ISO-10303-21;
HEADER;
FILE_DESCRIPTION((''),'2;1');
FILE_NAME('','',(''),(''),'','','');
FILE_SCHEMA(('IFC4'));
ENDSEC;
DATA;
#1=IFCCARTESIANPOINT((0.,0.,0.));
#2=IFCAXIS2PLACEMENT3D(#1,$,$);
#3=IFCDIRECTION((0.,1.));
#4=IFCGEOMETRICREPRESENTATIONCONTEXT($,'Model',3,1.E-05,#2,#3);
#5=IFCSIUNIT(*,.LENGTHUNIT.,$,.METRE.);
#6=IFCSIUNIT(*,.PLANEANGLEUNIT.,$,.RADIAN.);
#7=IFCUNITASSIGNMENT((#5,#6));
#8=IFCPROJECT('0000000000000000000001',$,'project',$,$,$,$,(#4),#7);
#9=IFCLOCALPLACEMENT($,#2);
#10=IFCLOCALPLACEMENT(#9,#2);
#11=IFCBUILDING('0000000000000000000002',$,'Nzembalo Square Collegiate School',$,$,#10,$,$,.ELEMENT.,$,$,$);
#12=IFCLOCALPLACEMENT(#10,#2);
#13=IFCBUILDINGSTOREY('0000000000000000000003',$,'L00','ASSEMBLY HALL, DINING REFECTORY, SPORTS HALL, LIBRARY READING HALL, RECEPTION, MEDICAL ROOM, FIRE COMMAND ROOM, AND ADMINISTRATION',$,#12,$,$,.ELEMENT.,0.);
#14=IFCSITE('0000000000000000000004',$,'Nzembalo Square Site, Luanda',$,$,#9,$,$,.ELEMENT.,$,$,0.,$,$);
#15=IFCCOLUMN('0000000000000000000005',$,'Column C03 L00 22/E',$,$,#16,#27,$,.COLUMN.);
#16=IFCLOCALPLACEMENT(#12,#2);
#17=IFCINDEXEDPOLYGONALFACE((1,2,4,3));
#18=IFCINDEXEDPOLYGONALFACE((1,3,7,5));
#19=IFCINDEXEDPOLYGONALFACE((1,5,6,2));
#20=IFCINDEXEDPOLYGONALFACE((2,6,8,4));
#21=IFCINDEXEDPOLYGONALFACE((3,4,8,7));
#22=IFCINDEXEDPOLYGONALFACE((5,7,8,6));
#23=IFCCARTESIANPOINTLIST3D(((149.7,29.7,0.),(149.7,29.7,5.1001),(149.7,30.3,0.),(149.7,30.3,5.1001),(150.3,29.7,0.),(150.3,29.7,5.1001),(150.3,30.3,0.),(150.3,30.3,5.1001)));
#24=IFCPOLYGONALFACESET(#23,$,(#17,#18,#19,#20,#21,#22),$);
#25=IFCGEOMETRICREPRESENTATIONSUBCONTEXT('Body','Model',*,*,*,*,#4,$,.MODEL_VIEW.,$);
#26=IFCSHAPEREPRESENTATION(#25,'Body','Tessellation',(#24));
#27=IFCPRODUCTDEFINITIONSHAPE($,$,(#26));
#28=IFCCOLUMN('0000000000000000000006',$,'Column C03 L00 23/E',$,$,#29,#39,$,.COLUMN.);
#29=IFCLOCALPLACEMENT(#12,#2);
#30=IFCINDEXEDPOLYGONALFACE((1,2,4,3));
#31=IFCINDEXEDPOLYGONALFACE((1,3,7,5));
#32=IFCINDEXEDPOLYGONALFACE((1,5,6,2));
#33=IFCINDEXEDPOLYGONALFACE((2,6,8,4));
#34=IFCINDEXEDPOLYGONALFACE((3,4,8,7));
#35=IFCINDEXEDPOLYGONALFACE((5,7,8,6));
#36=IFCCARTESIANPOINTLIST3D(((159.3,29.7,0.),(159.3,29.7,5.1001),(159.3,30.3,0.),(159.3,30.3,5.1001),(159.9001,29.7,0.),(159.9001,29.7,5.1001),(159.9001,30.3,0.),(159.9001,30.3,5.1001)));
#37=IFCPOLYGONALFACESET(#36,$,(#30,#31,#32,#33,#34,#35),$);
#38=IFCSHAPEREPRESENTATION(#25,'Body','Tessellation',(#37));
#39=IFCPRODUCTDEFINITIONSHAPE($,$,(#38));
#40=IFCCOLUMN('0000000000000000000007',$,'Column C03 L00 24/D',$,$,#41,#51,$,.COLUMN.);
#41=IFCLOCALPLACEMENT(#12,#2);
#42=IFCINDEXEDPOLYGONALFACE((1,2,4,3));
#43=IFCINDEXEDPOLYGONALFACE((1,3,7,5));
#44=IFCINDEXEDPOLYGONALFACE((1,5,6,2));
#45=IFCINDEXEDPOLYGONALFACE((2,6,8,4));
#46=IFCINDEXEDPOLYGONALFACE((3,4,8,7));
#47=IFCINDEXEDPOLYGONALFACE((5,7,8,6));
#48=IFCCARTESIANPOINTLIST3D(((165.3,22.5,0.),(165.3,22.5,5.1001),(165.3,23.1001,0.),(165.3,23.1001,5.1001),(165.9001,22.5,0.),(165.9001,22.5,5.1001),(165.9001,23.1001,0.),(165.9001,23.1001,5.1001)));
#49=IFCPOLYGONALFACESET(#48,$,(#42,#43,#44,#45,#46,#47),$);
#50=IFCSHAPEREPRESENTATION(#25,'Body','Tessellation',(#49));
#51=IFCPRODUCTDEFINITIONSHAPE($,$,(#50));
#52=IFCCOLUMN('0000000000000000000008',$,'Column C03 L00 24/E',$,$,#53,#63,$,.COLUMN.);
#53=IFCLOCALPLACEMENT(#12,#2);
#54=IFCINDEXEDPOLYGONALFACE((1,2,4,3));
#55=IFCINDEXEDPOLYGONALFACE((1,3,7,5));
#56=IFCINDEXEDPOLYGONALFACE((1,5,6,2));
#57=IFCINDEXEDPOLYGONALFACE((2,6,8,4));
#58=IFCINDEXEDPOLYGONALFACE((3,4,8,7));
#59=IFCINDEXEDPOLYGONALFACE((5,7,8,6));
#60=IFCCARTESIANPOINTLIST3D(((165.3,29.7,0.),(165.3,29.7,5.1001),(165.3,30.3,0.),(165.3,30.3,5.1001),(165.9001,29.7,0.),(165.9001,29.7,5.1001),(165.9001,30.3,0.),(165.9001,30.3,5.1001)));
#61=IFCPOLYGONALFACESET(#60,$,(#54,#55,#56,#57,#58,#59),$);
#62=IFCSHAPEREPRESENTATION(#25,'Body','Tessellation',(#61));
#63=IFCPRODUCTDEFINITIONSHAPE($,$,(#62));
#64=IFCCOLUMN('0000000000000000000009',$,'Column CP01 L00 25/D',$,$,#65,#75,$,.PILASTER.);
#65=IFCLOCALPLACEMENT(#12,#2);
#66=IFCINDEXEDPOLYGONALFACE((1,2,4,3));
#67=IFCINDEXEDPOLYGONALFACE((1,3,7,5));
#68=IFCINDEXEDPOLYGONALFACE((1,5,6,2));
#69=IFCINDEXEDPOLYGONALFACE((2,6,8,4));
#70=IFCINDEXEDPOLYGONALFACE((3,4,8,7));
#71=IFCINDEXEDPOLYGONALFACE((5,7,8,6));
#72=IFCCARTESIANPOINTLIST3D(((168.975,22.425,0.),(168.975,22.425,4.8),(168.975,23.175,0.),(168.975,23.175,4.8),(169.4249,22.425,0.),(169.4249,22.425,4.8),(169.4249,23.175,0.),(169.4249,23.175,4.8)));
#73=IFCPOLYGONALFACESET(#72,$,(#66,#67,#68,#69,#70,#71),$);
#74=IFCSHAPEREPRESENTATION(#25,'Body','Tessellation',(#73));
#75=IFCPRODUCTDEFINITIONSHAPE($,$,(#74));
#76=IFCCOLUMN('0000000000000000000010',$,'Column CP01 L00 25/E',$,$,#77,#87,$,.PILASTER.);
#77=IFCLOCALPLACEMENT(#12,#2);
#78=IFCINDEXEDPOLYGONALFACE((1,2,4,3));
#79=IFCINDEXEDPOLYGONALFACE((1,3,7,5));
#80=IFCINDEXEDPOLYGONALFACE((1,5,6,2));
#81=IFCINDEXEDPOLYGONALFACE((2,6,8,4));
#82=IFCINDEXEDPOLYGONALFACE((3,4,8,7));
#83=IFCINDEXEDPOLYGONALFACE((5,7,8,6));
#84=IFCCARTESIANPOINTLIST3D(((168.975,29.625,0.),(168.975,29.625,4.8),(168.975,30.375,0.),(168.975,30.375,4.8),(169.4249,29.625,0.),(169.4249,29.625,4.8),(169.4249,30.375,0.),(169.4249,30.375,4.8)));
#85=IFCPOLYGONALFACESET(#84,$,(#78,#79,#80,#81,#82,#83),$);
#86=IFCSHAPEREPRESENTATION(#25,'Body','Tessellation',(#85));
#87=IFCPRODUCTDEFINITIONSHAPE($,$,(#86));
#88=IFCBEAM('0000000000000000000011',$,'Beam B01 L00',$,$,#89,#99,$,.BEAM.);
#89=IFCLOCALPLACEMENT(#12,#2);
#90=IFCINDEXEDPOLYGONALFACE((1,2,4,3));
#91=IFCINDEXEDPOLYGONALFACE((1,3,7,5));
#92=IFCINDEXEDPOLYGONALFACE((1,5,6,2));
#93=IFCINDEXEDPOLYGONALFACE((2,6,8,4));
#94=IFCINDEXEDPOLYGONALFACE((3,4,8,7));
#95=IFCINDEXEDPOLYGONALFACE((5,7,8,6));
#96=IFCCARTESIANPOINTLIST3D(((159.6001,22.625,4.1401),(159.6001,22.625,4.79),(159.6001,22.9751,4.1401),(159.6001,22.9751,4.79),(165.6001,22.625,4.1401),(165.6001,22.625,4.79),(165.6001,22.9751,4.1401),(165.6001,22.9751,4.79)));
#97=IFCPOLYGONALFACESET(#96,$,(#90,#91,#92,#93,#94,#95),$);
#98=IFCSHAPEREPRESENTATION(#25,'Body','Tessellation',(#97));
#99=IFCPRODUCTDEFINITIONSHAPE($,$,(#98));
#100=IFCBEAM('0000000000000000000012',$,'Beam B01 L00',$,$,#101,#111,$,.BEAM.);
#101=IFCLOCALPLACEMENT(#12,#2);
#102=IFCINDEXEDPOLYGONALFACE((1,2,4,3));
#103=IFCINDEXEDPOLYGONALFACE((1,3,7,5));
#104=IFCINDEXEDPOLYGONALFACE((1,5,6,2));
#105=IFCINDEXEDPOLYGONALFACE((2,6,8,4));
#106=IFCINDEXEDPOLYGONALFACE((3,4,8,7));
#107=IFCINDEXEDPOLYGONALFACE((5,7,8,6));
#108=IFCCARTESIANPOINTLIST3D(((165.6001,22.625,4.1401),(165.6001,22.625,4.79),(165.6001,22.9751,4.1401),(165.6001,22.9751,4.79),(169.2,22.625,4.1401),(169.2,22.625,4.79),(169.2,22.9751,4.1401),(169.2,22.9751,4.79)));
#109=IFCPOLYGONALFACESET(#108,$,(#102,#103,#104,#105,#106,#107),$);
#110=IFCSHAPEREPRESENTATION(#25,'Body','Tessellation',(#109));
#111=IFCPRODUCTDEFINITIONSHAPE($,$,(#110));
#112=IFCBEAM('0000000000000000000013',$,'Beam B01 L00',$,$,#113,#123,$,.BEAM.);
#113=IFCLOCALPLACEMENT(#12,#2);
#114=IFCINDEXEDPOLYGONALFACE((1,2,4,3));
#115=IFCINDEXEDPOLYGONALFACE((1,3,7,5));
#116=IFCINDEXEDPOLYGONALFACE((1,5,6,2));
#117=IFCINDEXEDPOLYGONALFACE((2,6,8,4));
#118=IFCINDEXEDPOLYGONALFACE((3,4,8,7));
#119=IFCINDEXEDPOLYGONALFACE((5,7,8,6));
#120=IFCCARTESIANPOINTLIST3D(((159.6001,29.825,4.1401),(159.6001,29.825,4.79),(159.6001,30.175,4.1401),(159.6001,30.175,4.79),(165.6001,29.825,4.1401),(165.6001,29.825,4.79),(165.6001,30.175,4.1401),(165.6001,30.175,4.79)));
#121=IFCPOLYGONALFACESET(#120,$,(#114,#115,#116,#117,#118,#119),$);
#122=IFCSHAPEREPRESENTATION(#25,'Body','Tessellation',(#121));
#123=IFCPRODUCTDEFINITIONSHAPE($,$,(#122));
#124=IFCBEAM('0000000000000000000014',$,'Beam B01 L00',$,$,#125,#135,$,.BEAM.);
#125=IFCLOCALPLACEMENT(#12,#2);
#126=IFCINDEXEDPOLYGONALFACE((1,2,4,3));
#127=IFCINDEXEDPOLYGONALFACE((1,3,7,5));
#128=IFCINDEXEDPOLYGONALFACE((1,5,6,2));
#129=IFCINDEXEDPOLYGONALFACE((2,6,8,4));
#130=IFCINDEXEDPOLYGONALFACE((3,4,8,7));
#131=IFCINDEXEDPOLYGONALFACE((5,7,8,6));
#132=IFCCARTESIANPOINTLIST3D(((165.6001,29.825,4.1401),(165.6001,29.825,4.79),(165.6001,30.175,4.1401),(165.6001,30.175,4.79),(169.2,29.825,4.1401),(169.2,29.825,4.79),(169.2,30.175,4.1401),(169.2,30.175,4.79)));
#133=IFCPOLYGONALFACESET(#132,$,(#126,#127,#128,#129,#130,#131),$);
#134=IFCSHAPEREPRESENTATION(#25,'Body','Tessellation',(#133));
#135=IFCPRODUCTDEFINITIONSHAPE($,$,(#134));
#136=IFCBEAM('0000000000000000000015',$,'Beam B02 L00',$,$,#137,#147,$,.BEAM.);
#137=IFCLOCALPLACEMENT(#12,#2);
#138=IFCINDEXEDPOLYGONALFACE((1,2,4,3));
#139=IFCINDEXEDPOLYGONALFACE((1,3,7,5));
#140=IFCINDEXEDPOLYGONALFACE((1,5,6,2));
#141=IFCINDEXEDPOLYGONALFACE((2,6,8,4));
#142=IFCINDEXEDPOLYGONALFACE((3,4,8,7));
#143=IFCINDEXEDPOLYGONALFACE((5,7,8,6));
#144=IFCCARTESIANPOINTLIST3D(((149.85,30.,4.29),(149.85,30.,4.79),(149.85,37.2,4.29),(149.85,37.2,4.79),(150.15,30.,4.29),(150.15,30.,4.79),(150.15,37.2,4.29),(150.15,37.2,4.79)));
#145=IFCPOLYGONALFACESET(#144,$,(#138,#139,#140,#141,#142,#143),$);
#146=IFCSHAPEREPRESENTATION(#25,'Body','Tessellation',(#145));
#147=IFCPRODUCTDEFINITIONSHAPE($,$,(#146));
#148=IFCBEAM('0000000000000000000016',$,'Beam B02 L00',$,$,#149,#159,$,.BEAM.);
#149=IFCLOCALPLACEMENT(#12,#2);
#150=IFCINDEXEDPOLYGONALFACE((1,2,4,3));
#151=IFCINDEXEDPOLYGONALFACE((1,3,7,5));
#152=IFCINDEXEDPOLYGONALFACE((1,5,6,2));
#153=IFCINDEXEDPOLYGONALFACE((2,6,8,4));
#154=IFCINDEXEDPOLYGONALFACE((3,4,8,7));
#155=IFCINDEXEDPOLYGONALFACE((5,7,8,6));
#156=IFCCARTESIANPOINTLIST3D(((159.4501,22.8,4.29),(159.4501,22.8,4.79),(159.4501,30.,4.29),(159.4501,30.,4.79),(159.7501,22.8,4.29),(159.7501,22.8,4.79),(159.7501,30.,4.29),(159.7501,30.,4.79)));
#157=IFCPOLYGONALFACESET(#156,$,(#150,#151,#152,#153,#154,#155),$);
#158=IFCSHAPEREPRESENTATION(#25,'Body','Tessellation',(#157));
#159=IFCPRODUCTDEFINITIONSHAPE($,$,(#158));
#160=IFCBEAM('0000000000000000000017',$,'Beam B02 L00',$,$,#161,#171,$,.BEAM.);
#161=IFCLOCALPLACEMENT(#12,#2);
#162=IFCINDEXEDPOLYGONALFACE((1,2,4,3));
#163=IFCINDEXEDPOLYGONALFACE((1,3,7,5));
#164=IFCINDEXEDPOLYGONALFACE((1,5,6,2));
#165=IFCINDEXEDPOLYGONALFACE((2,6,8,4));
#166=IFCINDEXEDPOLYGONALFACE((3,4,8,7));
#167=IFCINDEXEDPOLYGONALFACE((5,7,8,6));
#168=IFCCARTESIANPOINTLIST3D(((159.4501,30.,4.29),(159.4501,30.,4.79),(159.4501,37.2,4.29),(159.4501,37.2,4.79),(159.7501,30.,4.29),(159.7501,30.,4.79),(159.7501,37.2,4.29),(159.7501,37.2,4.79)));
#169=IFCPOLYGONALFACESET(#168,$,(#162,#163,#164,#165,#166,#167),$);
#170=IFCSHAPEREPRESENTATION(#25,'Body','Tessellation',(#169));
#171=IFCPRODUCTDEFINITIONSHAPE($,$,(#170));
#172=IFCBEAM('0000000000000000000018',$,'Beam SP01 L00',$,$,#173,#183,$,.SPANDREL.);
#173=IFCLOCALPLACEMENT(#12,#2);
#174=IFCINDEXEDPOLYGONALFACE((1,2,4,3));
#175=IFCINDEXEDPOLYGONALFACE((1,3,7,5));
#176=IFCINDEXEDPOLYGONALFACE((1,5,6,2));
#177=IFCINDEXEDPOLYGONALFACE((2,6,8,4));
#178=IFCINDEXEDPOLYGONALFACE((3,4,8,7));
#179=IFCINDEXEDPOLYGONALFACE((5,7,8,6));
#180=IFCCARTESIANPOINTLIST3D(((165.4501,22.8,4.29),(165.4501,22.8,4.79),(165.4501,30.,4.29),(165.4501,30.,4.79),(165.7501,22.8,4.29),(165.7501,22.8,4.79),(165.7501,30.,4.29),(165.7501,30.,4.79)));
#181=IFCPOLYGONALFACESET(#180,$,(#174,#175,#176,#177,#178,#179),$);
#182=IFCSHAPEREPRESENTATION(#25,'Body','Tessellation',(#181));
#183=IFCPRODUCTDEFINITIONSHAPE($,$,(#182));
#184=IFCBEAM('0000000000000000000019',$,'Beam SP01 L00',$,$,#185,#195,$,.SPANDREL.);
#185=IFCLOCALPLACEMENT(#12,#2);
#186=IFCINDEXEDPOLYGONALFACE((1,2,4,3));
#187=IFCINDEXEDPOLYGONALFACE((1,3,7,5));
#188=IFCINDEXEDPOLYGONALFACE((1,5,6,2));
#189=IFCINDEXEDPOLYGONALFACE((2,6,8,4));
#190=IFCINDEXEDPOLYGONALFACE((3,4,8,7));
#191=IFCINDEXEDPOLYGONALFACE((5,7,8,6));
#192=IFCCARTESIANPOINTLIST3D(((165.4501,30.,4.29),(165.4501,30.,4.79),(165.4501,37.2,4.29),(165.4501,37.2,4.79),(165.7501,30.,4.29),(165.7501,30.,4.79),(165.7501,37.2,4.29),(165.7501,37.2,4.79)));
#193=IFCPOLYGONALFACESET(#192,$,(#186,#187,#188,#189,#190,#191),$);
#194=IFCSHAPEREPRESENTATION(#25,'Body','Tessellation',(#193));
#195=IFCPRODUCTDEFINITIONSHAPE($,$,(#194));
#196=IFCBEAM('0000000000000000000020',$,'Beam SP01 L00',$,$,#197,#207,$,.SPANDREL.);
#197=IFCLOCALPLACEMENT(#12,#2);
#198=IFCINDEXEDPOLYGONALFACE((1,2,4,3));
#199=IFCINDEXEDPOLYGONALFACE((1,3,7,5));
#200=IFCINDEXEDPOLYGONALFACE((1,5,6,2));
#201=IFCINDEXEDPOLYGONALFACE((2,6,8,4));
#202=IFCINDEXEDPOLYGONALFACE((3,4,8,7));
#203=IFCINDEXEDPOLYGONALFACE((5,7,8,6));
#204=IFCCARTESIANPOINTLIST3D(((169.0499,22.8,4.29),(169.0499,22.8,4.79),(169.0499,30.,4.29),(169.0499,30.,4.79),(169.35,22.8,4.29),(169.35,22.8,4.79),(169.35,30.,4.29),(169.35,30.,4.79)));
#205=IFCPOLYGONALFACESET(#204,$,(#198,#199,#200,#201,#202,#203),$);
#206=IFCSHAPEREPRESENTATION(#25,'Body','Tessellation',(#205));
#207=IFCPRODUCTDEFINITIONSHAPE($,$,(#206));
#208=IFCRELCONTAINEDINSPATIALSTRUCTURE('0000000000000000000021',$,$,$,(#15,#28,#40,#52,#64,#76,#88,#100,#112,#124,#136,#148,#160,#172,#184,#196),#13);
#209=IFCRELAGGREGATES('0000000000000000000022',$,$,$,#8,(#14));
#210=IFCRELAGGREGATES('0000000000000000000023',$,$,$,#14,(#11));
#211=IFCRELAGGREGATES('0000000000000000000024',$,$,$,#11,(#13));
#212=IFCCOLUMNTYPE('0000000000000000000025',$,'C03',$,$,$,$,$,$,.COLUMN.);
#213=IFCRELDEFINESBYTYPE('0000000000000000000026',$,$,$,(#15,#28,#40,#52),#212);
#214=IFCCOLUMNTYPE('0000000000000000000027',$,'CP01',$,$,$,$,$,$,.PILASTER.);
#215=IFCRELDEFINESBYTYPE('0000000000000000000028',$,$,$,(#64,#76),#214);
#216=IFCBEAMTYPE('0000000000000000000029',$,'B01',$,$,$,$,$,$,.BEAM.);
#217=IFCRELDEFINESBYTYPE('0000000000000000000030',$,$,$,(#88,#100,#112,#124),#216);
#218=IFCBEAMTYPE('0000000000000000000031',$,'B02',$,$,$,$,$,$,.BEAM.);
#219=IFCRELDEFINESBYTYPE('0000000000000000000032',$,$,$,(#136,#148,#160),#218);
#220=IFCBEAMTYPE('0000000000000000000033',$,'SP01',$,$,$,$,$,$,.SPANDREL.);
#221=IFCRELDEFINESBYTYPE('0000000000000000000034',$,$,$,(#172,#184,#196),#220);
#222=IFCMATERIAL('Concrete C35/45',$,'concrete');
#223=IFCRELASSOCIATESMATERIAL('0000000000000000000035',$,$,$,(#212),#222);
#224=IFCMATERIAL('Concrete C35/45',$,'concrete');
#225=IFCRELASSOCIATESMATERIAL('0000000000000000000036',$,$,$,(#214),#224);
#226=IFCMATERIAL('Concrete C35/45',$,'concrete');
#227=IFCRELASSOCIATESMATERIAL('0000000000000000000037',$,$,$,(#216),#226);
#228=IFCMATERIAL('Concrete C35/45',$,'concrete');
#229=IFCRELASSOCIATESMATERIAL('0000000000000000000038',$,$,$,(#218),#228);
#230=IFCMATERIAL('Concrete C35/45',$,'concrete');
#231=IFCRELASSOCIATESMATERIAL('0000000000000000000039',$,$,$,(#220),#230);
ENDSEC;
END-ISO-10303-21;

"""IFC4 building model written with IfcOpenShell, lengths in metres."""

from ifc_helpers import new_model, si_unit, direction, frame, origin, origin_2d, place, context, subcontext, project, spatial, rectangle, extrude, material, material_profile, profile_set, type_object, element, save


model = new_model("IFC4")

# Units and contexts
model_context = context("Model", 3, precision=1e-05, world=origin(), true_north=direction((0.0, 1.0)))
body_context = subcontext(model_context, "Body", "Model", "MODEL_VIEW")
ifc_project = project(units=[si_unit("LENGTHUNIT", "METRE"), si_unit("PLANEANGLEUNIT", "RADIAN")], contexts=[model_context])

# Site, building, storey
site_placement = place(None, origin())
site = spatial("IfcSite", under=ifc_project, at=site_placement, Name="Nzembalo Square Site, Luanda", CompositionType="ELEMENT", RefElevation=0.0)
building_placement = place(site_placement, origin())
building = spatial("IfcBuilding", under=site, at=building_placement, Name="Nzembalo Square Collegiate School", CompositionType="ELEMENT")
storey_placement = place(building_placement, origin())
storey = spatial("IfcBuildingStorey", under=building, at=storey_placement, Name="L00", Description="ASSEMBLY HALL, DINING REFECTORY, SPORTS HALL, LIBRARY READING HALL, RECEPTION, MEDICAL ROOM, FIRE COMMAND ROOM, AND ADMINISTRATION", CompositionType="ELEMENT", Elevation=0.0)

# Columns
ifc_material_1 = material(Name="Concrete C35/45", Category="concrete")
ifc_material_profile_1 = material_profile(ifc_material_1, rectangle(XDim=0.6001, YDim=0.6001, at=origin_2d()), Name="RC 600x600")
ifc_profile_set_1 = profile_set([ifc_material_profile_1], Name="Concrete C35/45")
column_type_1 = type_object("IfcColumnType", Name="C03", PredefinedType="COLUMN", material=ifc_profile_set_1)
for number, where, z_axis, x_axis, name in (
    (1, (150.0, 30.0, 0.0), (0.0, 0.0, 1.0), (1.0, 0.0, 0.0), "Column C03 L00 22/E"),
    (2, (159.6001, 30.0, 0.0), (0.0, 0.0, 1.0), (1.0, 0.0, 0.0), "Column C03 L00 23/E"),
    (3, (165.6001, 22.8, 0.0), (0.0, 0.0, 1.0), (1.0, 0.0, 0.0), "Column C03 L00 24/D"),
    (4, (165.6001, 30.0, 0.0), (0.0, 0.0, 1.0), (1.0, 0.0, 0.0), "Column C03 L00 24/E"),
):
    element("IfcColumn", number, at=place(storey_placement, frame(where, z_axis=z_axis, x_axis=x_axis)), inside=storey, type_object=column_type_1, Name=name, PredefinedType="COLUMN", context=body_context, shape_type="SweptSolid", body=[
        extrude(rectangle(XDim=0.6001, YDim=0.6001, at=origin_2d()), origin(), (0.0, 0.0, 1.0), 5.1001),
    ])
ifc_material_2 = material(Name="Concrete C35/45", Category="concrete")
ifc_material_profile_2 = material_profile(ifc_material_2, rectangle(XDim=0.45, YDim=0.75, at=origin_2d()), Name="RC 450x750")
ifc_profile_set_2 = profile_set([ifc_material_profile_2], Name="Concrete C35/45")
column_type_2 = type_object("IfcColumnType", Name="CP01", PredefinedType="PILASTER", material=ifc_profile_set_2)
for number, where, z_axis, x_axis, name in (
    (5, (169.2, 22.8, 0.0), (0.0, 0.0, 1.0), (1.0, 0.0, 0.0), "Column CP01 L00 25/D"),
    (6, (169.2, 30.0, 0.0), (0.0, 0.0, 1.0), (1.0, 0.0, 0.0), "Column CP01 L00 25/E"),
):
    element("IfcColumn", number, at=place(storey_placement, frame(where, z_axis=z_axis, x_axis=x_axis)), inside=storey, type_object=column_type_2, Name=name, PredefinedType="PILASTER", context=body_context, shape_type="SweptSolid", body=[
        extrude(rectangle(XDim=0.45, YDim=0.75, at=origin_2d()), origin(), (0.0, 0.0, 1.0), 4.8),
    ])

# Beams
ifc_material_3 = material(Name="Concrete C35/45", Category="concrete")
ifc_material_profile_3 = material_profile(ifc_material_3, rectangle(XDim=0.3501, YDim=0.6499, at=origin_2d()), Name="RC 350x650")
ifc_profile_set_3 = profile_set([ifc_material_profile_3], Name="Concrete C35/45")
beam_type_1 = type_object("IfcBeamType", Name="B01", PredefinedType="BEAM", material=ifc_profile_set_3)
beam_1_placement = place(storey_placement, frame((159.6001, 22.8, 4.4651), z_axis=(1.0, 0.0, 0.0), x_axis=(0.0, 1.0, 0.0)))
element("IfcBeam", 7, at=beam_1_placement, inside=storey, type_object=beam_type_1, Name="Beam B01 L00", PredefinedType="BEAM", context=body_context, shape_type="SweptSolid", body=[
    extrude(rectangle(XDim=0.3501, YDim=0.6499, at=origin_2d()), origin(), (0.0, 0.0, 1.0), 6.0),
])
beam_2_placement = place(storey_placement, frame((165.6001, 22.8, 4.4651), z_axis=(1.0, 0.0, 0.0), x_axis=(0.0, 1.0, 0.0)))
element("IfcBeam", 8, at=beam_2_placement, inside=storey, type_object=beam_type_1, Name="Beam B01 L00", PredefinedType="BEAM", context=body_context, shape_type="SweptSolid", body=[
    extrude(rectangle(XDim=0.3501, YDim=0.6499, at=origin_2d()), origin(), (0.0, 0.0, 1.0), 3.5999),
])
beam_3_placement = place(storey_placement, frame((159.6001, 30.0, 4.4651), z_axis=(1.0, 0.0, 0.0), x_axis=(0.0, 1.0, 0.0)))
element("IfcBeam", 9, at=beam_3_placement, inside=storey, type_object=beam_type_1, Name="Beam B01 L00", PredefinedType="BEAM", context=body_context, shape_type="SweptSolid", body=[
    extrude(rectangle(XDim=0.3501, YDim=0.6499, at=origin_2d()), origin(), (0.0, 0.0, 1.0), 6.0),
])
beam_4_placement = place(storey_placement, frame((165.6001, 30.0, 4.4651), z_axis=(1.0, 0.0, 0.0), x_axis=(0.0, 1.0, 0.0)))
element("IfcBeam", 10, at=beam_4_placement, inside=storey, type_object=beam_type_1, Name="Beam B01 L00", PredefinedType="BEAM", context=body_context, shape_type="SweptSolid", body=[
    extrude(rectangle(XDim=0.3501, YDim=0.6499, at=origin_2d()), origin(), (0.0, 0.0, 1.0), 3.5999),
])
ifc_material_4 = material(Name="Concrete C35/45", Category="concrete")
ifc_material_profile_4 = material_profile(ifc_material_4, rectangle(XDim=0.3, YDim=0.5, at=origin_2d()), Name="RC 300x500")
ifc_profile_set_4 = profile_set([ifc_material_profile_4], Name="Concrete C35/45")
beam_type_2 = type_object("IfcBeamType", Name="B02", PredefinedType="BEAM", material=ifc_profile_set_4)
for number, where, z_axis, x_axis, name in (
    (11, (150.0, 30.0, 4.54), (0.0, 1.0, 0.0), (-1.0, 0.0, 0.0), "Beam B02 L00"),
    (12, (159.6001, 22.8, 4.54), (0.0, 1.0, 0.0), (-1.0, 0.0, 0.0), "Beam B02 L00"),
    (13, (159.6001, 30.0, 4.54), (0.0, 1.0, 0.0), (-1.0, 0.0, 0.0), "Beam B02 L00"),
):
    element("IfcBeam", number, at=place(storey_placement, frame(where, z_axis=z_axis, x_axis=x_axis)), inside=storey, type_object=beam_type_2, Name=name, PredefinedType="BEAM", context=body_context, shape_type="SweptSolid", body=[
        extrude(rectangle(XDim=0.3, YDim=0.5, at=origin_2d()), origin(), (0.0, 0.0, 1.0), 7.2),
    ])
ifc_material_5 = material(Name="Concrete C35/45", Category="concrete")
ifc_material_profile_5 = material_profile(ifc_material_5, rectangle(XDim=0.3, YDim=0.5, at=origin_2d()), Name="RC 300x500")
ifc_profile_set_5 = profile_set([ifc_material_profile_5], Name="Concrete C35/45")
beam_type_3 = type_object("IfcBeamType", Name="SP01", PredefinedType="SPANDREL", material=ifc_profile_set_5)
for number, where, z_axis, x_axis, name in (
    (14, (165.6001, 22.8, 4.54), (0.0, 1.0, 0.0), (-1.0, 0.0, 0.0), "Beam SP01 L00"),
    (15, (165.6001, 30.0, 4.54), (0.0, 1.0, 0.0), (-1.0, 0.0, 0.0), "Beam SP01 L00"),
    (16, (169.2, 22.8, 4.54), (0.0, 1.0, 0.0), (-1.0, 0.0, 0.0), "Beam SP01 L00"),
):
    element("IfcBeam", number, at=place(storey_placement, frame(where, z_axis=z_axis, x_axis=x_axis)), inside=storey, type_object=beam_type_3, Name=name, PredefinedType="SPANDREL", context=body_context, shape_type="SweptSolid", body=[
        extrude(rectangle(XDim=0.3, YDim=0.5, at=origin_2d()), origin(), (0.0, 0.0, 1.0), 7.2),
    ])

save(model, "model.ifc")
